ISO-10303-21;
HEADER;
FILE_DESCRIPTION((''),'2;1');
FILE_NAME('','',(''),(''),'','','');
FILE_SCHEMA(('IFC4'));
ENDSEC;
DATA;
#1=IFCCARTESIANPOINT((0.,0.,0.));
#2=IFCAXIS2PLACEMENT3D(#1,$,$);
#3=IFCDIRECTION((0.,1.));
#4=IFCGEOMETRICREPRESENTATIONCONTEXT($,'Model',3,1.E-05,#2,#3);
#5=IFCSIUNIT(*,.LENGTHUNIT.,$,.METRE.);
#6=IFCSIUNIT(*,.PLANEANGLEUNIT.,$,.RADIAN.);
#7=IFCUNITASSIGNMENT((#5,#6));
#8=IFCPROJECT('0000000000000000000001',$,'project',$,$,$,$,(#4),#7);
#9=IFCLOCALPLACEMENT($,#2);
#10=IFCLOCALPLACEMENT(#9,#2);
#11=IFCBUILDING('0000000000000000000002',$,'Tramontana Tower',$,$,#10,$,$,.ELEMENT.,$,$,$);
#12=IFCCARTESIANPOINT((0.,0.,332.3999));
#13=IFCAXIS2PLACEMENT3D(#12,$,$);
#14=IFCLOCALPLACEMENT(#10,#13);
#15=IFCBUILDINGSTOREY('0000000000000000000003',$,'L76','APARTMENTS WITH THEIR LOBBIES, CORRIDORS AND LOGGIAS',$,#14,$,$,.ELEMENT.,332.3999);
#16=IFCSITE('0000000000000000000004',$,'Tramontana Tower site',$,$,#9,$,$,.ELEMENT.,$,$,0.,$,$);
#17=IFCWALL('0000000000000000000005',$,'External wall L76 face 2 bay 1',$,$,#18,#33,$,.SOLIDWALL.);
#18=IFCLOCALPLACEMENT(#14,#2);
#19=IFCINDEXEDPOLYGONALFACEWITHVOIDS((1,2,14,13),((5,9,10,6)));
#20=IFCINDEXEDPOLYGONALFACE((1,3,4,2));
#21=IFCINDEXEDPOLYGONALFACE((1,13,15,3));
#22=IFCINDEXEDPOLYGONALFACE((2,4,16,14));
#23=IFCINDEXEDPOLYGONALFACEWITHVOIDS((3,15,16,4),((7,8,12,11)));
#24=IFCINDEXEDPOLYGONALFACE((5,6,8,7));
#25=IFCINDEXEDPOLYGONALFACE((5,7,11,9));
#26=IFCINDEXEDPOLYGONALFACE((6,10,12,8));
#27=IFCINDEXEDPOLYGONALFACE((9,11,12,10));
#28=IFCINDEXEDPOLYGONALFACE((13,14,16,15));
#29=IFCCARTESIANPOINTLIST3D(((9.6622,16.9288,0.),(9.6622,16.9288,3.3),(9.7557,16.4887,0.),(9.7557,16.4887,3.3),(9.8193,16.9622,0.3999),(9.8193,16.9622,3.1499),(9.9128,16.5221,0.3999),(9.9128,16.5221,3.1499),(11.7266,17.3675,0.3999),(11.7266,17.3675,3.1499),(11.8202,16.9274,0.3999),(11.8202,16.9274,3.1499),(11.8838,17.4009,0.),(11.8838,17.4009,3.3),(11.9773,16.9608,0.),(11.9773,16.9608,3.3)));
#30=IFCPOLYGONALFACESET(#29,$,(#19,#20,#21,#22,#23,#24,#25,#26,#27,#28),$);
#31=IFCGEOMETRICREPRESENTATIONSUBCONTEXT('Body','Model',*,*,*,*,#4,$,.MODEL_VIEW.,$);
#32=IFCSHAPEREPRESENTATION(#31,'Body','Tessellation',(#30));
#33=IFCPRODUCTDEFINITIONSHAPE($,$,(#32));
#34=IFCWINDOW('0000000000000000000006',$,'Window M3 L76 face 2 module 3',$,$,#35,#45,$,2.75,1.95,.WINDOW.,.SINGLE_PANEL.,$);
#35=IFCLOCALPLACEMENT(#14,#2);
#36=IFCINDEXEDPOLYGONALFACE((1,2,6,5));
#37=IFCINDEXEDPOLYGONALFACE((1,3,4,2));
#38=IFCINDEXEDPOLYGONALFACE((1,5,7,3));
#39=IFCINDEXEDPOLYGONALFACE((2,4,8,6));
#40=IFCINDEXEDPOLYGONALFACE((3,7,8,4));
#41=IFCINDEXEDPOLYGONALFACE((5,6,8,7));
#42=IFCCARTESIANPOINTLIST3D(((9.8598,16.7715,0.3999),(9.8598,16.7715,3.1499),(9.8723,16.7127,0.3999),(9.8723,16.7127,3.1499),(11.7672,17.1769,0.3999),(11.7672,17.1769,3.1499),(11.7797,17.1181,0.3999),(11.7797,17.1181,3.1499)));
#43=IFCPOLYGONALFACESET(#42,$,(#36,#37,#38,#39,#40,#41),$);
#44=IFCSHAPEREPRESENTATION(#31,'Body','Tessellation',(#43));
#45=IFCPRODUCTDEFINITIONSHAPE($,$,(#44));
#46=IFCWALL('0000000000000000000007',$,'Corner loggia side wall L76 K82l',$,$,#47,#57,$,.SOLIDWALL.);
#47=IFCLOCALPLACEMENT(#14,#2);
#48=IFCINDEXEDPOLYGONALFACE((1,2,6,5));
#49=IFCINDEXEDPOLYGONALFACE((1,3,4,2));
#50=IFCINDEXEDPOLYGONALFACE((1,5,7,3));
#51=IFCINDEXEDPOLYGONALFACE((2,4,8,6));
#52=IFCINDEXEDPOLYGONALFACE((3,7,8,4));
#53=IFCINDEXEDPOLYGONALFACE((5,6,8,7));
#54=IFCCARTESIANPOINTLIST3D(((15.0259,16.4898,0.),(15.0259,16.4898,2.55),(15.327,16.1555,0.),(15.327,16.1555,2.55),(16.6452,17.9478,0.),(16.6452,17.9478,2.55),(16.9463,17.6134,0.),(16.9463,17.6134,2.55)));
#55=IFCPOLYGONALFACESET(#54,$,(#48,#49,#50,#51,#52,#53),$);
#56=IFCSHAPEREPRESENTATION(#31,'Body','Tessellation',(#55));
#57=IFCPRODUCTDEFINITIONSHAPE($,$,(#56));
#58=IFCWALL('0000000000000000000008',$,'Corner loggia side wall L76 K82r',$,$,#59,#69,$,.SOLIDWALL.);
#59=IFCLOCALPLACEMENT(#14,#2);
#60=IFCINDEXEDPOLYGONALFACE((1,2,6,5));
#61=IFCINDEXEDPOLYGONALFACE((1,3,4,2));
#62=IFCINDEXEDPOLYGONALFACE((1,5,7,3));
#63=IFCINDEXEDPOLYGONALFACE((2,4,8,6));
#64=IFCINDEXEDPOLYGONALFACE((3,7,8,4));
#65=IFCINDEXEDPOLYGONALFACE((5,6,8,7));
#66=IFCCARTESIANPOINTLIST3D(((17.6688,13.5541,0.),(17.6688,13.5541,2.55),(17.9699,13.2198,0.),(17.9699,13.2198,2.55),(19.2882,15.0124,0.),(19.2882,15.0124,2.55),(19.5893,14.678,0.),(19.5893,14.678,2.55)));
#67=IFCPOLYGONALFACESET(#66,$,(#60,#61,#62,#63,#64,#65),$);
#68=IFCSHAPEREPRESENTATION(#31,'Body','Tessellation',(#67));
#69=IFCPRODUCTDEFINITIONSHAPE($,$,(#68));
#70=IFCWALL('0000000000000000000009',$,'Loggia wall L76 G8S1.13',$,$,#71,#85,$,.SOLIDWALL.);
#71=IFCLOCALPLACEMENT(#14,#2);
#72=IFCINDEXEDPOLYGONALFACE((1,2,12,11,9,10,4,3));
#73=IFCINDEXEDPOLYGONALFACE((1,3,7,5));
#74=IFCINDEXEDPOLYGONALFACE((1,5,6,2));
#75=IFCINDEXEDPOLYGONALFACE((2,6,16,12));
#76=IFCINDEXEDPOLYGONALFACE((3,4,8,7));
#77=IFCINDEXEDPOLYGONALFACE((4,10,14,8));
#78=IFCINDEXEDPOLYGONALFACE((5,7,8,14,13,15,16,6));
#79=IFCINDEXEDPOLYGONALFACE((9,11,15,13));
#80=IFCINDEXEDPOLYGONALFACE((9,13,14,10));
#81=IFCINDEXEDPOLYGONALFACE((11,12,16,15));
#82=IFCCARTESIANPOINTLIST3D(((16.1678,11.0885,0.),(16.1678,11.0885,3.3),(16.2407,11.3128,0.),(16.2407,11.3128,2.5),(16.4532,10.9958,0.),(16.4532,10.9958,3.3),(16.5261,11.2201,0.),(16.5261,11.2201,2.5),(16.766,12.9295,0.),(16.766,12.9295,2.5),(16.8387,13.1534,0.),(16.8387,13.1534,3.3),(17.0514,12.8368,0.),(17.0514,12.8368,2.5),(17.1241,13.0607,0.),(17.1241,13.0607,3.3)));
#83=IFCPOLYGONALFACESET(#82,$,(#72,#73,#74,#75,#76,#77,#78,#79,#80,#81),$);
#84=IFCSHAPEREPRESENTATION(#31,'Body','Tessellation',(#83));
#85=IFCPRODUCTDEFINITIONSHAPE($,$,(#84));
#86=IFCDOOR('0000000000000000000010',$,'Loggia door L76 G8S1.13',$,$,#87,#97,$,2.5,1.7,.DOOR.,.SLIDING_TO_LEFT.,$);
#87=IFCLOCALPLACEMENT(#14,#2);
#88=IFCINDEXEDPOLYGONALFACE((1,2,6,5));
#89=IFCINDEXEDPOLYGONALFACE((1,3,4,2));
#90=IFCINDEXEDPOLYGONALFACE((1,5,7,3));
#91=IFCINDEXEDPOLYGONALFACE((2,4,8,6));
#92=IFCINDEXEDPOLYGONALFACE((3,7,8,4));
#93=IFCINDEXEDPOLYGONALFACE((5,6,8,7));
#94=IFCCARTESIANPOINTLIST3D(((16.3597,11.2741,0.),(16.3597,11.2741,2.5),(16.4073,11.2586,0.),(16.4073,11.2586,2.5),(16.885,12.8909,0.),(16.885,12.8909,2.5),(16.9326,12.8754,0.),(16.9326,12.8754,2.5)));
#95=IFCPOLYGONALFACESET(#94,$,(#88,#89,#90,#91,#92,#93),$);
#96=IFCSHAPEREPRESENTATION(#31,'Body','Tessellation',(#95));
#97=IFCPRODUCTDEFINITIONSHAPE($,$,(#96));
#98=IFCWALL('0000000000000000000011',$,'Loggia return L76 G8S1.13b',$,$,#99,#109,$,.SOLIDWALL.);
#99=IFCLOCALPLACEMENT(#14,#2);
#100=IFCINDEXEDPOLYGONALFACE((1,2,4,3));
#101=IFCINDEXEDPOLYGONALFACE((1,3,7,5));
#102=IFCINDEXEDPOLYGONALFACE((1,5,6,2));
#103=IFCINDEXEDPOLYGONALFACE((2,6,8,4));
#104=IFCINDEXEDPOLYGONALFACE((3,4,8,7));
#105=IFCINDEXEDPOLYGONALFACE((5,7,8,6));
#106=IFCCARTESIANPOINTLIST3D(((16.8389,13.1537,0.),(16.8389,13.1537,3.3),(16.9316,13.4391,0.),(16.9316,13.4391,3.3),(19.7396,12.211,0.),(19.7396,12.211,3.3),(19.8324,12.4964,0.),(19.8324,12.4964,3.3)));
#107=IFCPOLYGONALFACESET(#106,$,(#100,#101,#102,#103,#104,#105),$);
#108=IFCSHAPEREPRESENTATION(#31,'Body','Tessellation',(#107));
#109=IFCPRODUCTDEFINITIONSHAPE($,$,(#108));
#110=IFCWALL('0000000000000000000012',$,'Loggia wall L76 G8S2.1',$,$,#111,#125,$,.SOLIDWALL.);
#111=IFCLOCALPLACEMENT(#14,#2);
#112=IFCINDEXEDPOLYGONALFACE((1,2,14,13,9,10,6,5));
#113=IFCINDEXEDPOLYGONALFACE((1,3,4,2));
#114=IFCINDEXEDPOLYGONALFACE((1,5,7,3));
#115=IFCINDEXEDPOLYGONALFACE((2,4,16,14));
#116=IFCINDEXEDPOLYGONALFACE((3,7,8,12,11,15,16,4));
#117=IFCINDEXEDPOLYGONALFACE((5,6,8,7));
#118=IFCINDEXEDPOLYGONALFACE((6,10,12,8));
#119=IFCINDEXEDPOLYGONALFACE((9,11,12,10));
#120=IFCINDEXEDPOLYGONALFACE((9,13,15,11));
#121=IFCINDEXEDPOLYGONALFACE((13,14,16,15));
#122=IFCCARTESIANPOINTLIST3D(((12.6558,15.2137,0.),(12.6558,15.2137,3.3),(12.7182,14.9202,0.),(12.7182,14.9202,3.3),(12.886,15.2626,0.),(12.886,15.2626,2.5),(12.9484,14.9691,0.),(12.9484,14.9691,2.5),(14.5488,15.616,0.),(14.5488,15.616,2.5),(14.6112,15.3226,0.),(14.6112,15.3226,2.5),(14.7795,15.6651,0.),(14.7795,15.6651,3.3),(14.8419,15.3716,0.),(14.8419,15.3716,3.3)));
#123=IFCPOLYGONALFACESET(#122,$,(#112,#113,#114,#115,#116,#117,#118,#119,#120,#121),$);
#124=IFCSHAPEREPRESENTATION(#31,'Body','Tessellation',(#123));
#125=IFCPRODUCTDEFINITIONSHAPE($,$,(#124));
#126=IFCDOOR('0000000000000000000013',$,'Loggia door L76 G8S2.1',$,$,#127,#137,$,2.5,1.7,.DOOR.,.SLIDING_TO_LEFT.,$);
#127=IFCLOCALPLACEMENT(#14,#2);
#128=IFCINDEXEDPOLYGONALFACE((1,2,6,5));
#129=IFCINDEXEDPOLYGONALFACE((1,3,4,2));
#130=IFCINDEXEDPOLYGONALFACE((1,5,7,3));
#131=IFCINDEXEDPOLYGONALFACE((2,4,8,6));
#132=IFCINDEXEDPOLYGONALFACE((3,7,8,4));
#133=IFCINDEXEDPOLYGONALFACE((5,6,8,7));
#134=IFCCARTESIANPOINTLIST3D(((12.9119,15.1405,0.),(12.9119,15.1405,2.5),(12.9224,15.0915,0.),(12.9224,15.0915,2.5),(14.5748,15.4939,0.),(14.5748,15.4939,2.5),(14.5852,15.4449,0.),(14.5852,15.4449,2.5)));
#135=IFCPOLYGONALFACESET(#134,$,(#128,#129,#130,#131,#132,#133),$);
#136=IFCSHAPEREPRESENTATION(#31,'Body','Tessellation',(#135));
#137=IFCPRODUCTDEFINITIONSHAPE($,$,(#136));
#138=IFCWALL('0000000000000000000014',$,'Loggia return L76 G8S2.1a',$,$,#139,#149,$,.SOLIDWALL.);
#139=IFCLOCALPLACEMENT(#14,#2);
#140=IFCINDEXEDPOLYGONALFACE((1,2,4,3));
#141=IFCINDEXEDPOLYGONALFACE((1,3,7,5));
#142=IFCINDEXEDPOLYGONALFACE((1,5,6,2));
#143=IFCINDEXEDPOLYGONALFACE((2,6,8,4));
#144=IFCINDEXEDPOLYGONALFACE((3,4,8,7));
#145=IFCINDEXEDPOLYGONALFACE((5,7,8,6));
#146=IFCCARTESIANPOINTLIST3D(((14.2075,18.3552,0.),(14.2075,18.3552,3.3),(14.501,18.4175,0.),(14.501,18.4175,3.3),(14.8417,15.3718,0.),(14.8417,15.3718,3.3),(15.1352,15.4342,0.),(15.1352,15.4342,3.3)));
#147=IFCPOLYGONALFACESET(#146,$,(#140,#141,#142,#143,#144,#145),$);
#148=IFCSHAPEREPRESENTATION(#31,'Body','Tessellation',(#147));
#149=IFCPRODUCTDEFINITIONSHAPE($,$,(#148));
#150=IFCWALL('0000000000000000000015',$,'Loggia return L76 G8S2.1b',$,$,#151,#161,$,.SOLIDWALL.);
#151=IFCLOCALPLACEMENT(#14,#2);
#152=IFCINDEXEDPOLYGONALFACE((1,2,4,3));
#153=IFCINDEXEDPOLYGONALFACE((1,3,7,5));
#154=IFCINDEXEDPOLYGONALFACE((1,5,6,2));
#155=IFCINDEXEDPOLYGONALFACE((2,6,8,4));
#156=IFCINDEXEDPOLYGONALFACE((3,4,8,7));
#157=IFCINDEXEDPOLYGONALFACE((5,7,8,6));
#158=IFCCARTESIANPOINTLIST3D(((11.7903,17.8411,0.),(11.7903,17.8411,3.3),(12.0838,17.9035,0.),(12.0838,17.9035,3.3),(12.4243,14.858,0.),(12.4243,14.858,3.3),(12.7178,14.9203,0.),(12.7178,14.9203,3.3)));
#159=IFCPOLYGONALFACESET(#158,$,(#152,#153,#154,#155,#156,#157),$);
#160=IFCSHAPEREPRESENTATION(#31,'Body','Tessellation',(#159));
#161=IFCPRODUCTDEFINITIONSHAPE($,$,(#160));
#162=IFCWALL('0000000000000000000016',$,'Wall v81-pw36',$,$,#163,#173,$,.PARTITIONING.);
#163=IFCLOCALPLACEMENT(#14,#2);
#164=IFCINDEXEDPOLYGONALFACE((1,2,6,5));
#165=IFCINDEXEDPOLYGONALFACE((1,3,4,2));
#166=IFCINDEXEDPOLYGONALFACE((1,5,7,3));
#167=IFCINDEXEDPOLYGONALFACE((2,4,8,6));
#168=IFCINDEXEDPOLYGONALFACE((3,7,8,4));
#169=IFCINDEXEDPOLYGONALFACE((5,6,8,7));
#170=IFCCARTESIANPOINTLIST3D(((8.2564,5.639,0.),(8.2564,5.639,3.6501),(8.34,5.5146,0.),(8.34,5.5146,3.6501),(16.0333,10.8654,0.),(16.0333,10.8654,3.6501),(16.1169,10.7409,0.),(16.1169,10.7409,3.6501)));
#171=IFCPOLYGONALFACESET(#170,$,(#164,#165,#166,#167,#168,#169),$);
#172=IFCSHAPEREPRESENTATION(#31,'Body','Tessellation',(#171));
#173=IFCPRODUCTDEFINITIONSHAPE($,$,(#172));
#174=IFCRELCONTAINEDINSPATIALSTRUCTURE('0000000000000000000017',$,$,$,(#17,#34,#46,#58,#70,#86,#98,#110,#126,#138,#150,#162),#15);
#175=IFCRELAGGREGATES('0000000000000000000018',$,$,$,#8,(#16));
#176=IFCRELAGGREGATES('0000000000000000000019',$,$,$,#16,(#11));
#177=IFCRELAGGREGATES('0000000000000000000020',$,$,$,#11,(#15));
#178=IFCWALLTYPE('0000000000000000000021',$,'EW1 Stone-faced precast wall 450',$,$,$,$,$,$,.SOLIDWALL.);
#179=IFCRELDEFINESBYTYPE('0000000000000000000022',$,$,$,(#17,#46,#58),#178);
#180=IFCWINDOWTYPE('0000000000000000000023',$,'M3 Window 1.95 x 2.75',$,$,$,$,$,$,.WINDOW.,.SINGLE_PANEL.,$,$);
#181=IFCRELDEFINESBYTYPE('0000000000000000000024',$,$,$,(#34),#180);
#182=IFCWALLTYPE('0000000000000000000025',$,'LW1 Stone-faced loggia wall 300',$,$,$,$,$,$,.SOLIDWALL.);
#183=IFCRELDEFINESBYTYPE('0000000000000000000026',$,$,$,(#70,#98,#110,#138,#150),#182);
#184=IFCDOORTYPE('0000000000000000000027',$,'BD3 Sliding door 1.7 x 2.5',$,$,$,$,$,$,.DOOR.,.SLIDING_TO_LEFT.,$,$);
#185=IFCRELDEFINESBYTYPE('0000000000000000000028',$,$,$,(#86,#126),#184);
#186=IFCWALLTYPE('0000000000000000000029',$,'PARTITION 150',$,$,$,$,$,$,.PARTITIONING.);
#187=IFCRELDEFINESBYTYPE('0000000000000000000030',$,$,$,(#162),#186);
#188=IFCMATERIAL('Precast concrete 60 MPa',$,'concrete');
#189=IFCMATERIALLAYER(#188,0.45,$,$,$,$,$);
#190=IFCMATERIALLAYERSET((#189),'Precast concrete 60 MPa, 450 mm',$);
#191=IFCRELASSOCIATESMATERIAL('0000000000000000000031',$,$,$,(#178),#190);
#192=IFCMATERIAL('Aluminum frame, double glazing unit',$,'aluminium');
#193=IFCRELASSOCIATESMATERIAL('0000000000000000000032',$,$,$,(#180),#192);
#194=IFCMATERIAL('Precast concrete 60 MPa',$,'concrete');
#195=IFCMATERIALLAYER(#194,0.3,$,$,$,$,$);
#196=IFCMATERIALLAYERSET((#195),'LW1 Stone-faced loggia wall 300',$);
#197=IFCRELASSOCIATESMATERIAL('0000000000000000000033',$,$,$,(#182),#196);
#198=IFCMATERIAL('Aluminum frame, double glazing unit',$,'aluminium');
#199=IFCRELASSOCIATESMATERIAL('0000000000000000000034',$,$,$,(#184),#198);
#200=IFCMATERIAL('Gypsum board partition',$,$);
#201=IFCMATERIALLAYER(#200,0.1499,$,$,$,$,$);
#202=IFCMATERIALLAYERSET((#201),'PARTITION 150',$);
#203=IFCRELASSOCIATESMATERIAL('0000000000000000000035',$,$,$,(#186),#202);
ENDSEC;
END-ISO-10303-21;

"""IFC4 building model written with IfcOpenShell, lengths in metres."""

from ifc_helpers import new_model, si_unit, direction, frame, frame_2d, origin, place, context, subcontext, project, spatial, rectangle, extrude, material, layer, layer_set, type_object, element, fill, save


model = new_model("IFC4")

# Units and contexts
model_context = context("Model", 3, precision=1e-05, world=origin(), true_north=direction((0.0, 1.0)))
body_context = subcontext(model_context, "Body", "Model", "MODEL_VIEW")
ifc_project = project(units=[si_unit("LENGTHUNIT", "METRE"), si_unit("PLANEANGLEUNIT", "RADIAN")], contexts=[model_context])

# Site, building, storey
site_placement = place(None, origin())
site = spatial("IfcSite", under=ifc_project, at=site_placement, Name="Tramontana Tower site", CompositionType="ELEMENT", RefElevation=0.0)
building_placement = place(site_placement, origin())
building = spatial("IfcBuilding", under=site, at=building_placement, Name="Tramontana Tower", CompositionType="ELEMENT")
storey_placement = place(building_placement, frame((0.0, 0.0, 332.3999)))
storey = spatial("IfcBuildingStorey", under=building, at=storey_placement, Name="L76", Description="APARTMENTS WITH THEIR LOBBIES, CORRIDORS AND LOGGIAS", CompositionType="ELEMENT", Elevation=332.3999)

# Wall, opening, window
ifc_material_1 = material(Name="Precast concrete 60 MPa", Category="concrete")
ifc_layer_1 = layer(ifc_material_1, 0.45)
ifc_layer_set_1 = layer_set([ifc_layer_1], Name="Precast concrete 60 MPa, 450 mm")
wall_type_1 = type_object("IfcWallType", Name="EW1 Stone-faced precast wall 450", PredefinedType="SOLIDWALL", material=ifc_layer_set_1)
wall_1_placement = place(storey_placement, frame((11.9307, 17.1809, 0.0), z_axis=(0.0, 0.0, 1.0), x_axis=(-0.978153, -0.207884, 0.0)))
wall_1 = element("IfcWall", 1, at=wall_1_placement, inside=storey, type_object=wall_type_1, Name="External wall L76 face 2 bay 1", PredefinedType="SOLIDWALL", context=body_context, shape_type="SweptSolid", body=[
    extrude(rectangle(XDim=2.2712, YDim=0.45, at=frame_2d((1.1357, 0.0))), origin(), (0.0, 0.0, 1.0), 3.3),
])
opening_1_placement = place(wall_1_placement, frame((0.1606, 0.0, 0.3999)))
opening_1 = element("IfcOpeningElement", 2, at=opening_1_placement, cuts=wall_1, PredefinedType="OPENING", context=body_context, shape_type="SweptSolid", body=[
    extrude(rectangle(XDim=1.95, YDim=2.75, at=frame_2d((0.9751, 1.375))), frame((0.0, 0.2349, 0.0), z_axis=(0.0, -1.0, 0.0), x_axis=(1.0, 0.0, 0.0)), (0.0, 0.0, 1.0), 0.47),
])
ifc_material_2 = material(Name="Aluminum frame, double glazing unit", Category="aluminium")
window_type_1 = type_object("IfcWindowType", Name="M3 Window 1.95 x 2.75", PartitioningType="SINGLE_PANEL", PredefinedType="WINDOW", material=ifc_material_2)
window_1_placement = place(opening_1_placement, origin())
window_1 = element("IfcWindow", 3, at=window_1_placement, inside=storey, type_object=window_type_1, Name="Window M3 L76 face 2 module 3", OverallHeight=2.75, OverallWidth=1.95, PartitioningType="SINGLE_PANEL", PredefinedType="WINDOW", context=body_context, shape_type="SweptSolid", body=[
    extrude(rectangle(XDim=1.95, YDim=2.75, at=frame_2d((0.9751, 1.375))), frame((0.0, 0.03, 0.0), z_axis=(0.0, -1.0, 0.0), x_axis=(1.0, 0.0, 0.0)), (0.0, 0.0, 1.0), 0.0601),
])
fill(opening_1, window_1)

# Walls
wall_2_placement = place(storey_placement, frame((16.7957, 17.7805, 0.0), z_axis=(0.0, 0.0, 1.0), x_axis=(-0.743166, -0.669107, 0.0)))
element("IfcWall", 4, at=wall_2_placement, inside=storey, type_object=wall_type_1, Name="Corner loggia side wall L76 K82l", PredefinedType="SOLIDWALL", context=body_context, shape_type="SweptSolid", body=[
    extrude(rectangle(XDim=2.179, YDim=0.45, at=frame_2d((1.0894, 0.0))), origin(), (0.0, 0.0, 1.0), 2.55),
])
wall_3_placement = place(storey_placement, frame((19.4387, 14.8452, 0.0), z_axis=(0.0, 0.0, 1.0), x_axis=(-0.74311, -0.669169, 0.0)))
element("IfcWall", 5, at=wall_3_placement, inside=storey, type_object=wall_type_1, Name="Corner loggia side wall L76 K82r", PredefinedType="SOLIDWALL", context=body_context, shape_type="SweptSolid", body=[
    extrude(rectangle(XDim=2.1792, YDim=0.45, at=frame_2d((1.0896, 0.0))), origin(), (0.0, 0.0, 1.0), 2.55),
])

# Wall, opening, door
ifc_material_3 = material(Name="Precast concrete 60 MPa", Category="concrete")
ifc_layer_2 = layer(ifc_material_3, 0.3)
ifc_layer_set_2 = layer_set([ifc_layer_2], Name="LW1 Stone-faced loggia wall 300")
wall_type_2 = type_object("IfcWallType", Name="LW1 Stone-faced loggia wall 300", PredefinedType="SOLIDWALL", material=ifc_layer_set_2)
wall_4_placement = place(storey_placement, frame((16.3105, 11.0422, 0.0), z_axis=(0.0, 0.0, 1.0), x_axis=(0.309, 0.951062, 0.0)))
wall_4 = element("IfcWall", 6, at=wall_4_placement, inside=storey, type_object=wall_type_2, Name="Loggia wall L76 G8S1.13", PredefinedType="SOLIDWALL", context=body_context, shape_type="SweptSolid", body=[
    extrude(rectangle(XDim=2.1711, YDim=0.3, at=frame_2d((1.0854, 0.0))), origin(), (0.0, 0.0, 1.0), 3.3),
])
opening_2_placement = place(wall_4_placement, frame((0.2356, 0.0, 0.0)))
opening_2 = element("IfcOpeningElement", 7, at=opening_2_placement, cuts=wall_4, PredefinedType="OPENING", context=body_context, shape_type="SweptSolid", body=[
    extrude(rectangle(XDim=1.7, YDim=2.5, at=frame_2d((0.8501, 1.25))), frame((0.0, 0.1599, 0.0), z_axis=(0.0, -1.0, 0.0), x_axis=(1.0, 0.0, 0.0)), (0.0, 0.0, 1.0), 0.3201),
])
ifc_material_4 = material(Name="Aluminum frame, double glazing unit", Category="aluminium")
door_type_1 = type_object("IfcDoorType", Name="BD3 Sliding door 1.7 x 2.5", OperationType="SLIDING_TO_LEFT", PredefinedType="DOOR", material=ifc_material_4)
door_1_placement = place(opening_2_placement, origin())
door_1 = element("IfcDoor", 8, at=door_1_placement, inside=storey, type_object=door_type_1, Name="Loggia door L76 G8S1.13", OperationType="SLIDING_TO_LEFT", OverallHeight=2.5, OverallWidth=1.7, PredefinedType="DOOR", context=body_context, shape_type="SweptSolid", body=[
    extrude(rectangle(XDim=1.7, YDim=2.5, at=frame_2d((0.8501, 1.25))), frame((0.0, 0.0249, 0.0), z_axis=(0.0, -1.0, 0.0), x_axis=(1.0, 0.0, 0.0)), (0.0, 0.0, 1.0), 0.05),
])
fill(opening_2, door_1)

# Wall
wall_5_placement = place(storey_placement, frame((19.7859, 12.3538, 0.0), z_axis=(0.0, 0.0, 1.0), x_axis=(-0.951042, 0.309063, 0.0)))
element("IfcWall", 9, at=wall_5_placement, inside=storey, type_object=wall_type_2, Name="Loggia return L76 G8S1.13b", PredefinedType="SOLIDWALL", context=body_context, shape_type="SweptSolid", body=[
    extrude(rectangle(XDim=3.05, YDim=0.3, at=frame_2d((1.5249, 0.0))), origin(), (0.0, 0.0, 1.0), 3.3),
])

# Wall, opening, door
wall_6_placement = place(storey_placement, frame((14.8105, 15.5183, 0.0), z_axis=(0.0, 0.0, 1.0), x_axis=(-0.978148, -0.207909, 0.0)))
wall_6 = element("IfcWall", 10, at=wall_6_placement, inside=storey, type_object=wall_type_2, Name="Loggia wall L76 G8S2.1", PredefinedType="SOLIDWALL", context=body_context, shape_type="SweptSolid", body=[
    extrude(rectangle(XDim=2.1711, YDim=0.3, at=frame_2d((1.0854, 0.0))), origin(), (0.0, 0.0, 1.0), 3.3),
])
opening_3_placement = place(wall_6_placement, frame((0.2356, 0.0, 0.0)))
opening_3 = element("IfcOpeningElement", 11, at=opening_3_placement, cuts=wall_6, PredefinedType="OPENING", context=body_context, shape_type="SweptSolid", body=[
    extrude(rectangle(XDim=1.7, YDim=2.5, at=frame_2d((0.8501, 1.25))), frame((0.0, 0.1599, 0.0), z_axis=(0.0, -1.0, 0.0), x_axis=(1.0, 0.0, 0.0)), (0.0, 0.0, 1.0), 0.3201),
])
door_2_placement = place(opening_3_placement, origin())
door_2 = element("IfcDoor", 12, at=door_2_placement, inside=storey, type_object=door_type_1, Name="Loggia door L76 G8S2.1", OperationType="SLIDING_TO_LEFT", OverallHeight=2.5, OverallWidth=1.7, PredefinedType="DOOR", context=body_context, shape_type="SweptSolid", body=[
    extrude(rectangle(XDim=1.7, YDim=2.5, at=frame_2d((0.8501, 1.25))), frame((0.0, 0.0249, 0.0), z_axis=(0.0, -1.0, 0.0), x_axis=(1.0, 0.0, 0.0)), (0.0, 0.0, 1.0), 0.05),
])
fill(opening_3, door_2)

# Walls
wall_7_placement = place(storey_placement, frame((14.3542, 18.3862, 0.0), z_axis=(0.0, 0.0, 1.0), x_axis=(0.207954, -0.978139, 0.0)))
element("IfcWall", 13, at=wall_7_placement, inside=storey, type_object=wall_type_2, Name="Loggia return L76 G8S2.1a", PredefinedType="SOLIDWALL", context=body_context, shape_type="SweptSolid", body=[
    extrude(rectangle(XDim=3.05, YDim=0.3, at=frame_2d((1.5249, 0.0))), origin(), (0.0, 0.0, 1.0), 3.3),
])
wall_8_placement = place(storey_placement, frame((11.937, 17.8723, 0.0), z_axis=(0.0, 0.0, 1.0), x_axis=(0.207894, -0.978151, 0.0)))
element("IfcWall", 14, at=wall_8_placement, inside=storey, type_object=wall_type_2, Name="Loggia return L76 G8S2.1b", PredefinedType="SOLIDWALL", context=body_context, shape_type="SweptSolid", body=[
    extrude(rectangle(XDim=3.0498, YDim=0.3, at=frame_2d((1.5249, 0.0))), origin(), (0.0, 0.0, 1.0), 3.3),
])
ifc_material_5 = material(Name="Gypsum board partition")
ifc_layer_3 = layer(ifc_material_5, 0.1499)
ifc_layer_set_3 = layer_set([ifc_layer_3], Name="PARTITION 150")
wall_type_3 = type_object("IfcWallType", Name="PARTITION 150", PredefinedType="PARTITIONING", material=ifc_layer_set_3)
wall_9_placement = place(storey_placement, frame((16.0752, 10.8032, 0.0), z_axis=(0.0, 0.0, 1.0), x_axis=(-0.829988, -0.557781, 0.0)))
element("IfcWall", 15, at=wall_9_placement, inside=storey, type_object=wall_type_3, Name="Wall v81-pw36", PredefinedType="PARTITIONING", context=body_context, shape_type="SweptSolid", body=[
    extrude(rectangle(XDim=9.3699, YDim=0.1499, at=frame_2d((4.6851, 0.0))), origin(), (0.0, 0.0, 1.0), 3.6501),
])

save(model, "model.ifc")
